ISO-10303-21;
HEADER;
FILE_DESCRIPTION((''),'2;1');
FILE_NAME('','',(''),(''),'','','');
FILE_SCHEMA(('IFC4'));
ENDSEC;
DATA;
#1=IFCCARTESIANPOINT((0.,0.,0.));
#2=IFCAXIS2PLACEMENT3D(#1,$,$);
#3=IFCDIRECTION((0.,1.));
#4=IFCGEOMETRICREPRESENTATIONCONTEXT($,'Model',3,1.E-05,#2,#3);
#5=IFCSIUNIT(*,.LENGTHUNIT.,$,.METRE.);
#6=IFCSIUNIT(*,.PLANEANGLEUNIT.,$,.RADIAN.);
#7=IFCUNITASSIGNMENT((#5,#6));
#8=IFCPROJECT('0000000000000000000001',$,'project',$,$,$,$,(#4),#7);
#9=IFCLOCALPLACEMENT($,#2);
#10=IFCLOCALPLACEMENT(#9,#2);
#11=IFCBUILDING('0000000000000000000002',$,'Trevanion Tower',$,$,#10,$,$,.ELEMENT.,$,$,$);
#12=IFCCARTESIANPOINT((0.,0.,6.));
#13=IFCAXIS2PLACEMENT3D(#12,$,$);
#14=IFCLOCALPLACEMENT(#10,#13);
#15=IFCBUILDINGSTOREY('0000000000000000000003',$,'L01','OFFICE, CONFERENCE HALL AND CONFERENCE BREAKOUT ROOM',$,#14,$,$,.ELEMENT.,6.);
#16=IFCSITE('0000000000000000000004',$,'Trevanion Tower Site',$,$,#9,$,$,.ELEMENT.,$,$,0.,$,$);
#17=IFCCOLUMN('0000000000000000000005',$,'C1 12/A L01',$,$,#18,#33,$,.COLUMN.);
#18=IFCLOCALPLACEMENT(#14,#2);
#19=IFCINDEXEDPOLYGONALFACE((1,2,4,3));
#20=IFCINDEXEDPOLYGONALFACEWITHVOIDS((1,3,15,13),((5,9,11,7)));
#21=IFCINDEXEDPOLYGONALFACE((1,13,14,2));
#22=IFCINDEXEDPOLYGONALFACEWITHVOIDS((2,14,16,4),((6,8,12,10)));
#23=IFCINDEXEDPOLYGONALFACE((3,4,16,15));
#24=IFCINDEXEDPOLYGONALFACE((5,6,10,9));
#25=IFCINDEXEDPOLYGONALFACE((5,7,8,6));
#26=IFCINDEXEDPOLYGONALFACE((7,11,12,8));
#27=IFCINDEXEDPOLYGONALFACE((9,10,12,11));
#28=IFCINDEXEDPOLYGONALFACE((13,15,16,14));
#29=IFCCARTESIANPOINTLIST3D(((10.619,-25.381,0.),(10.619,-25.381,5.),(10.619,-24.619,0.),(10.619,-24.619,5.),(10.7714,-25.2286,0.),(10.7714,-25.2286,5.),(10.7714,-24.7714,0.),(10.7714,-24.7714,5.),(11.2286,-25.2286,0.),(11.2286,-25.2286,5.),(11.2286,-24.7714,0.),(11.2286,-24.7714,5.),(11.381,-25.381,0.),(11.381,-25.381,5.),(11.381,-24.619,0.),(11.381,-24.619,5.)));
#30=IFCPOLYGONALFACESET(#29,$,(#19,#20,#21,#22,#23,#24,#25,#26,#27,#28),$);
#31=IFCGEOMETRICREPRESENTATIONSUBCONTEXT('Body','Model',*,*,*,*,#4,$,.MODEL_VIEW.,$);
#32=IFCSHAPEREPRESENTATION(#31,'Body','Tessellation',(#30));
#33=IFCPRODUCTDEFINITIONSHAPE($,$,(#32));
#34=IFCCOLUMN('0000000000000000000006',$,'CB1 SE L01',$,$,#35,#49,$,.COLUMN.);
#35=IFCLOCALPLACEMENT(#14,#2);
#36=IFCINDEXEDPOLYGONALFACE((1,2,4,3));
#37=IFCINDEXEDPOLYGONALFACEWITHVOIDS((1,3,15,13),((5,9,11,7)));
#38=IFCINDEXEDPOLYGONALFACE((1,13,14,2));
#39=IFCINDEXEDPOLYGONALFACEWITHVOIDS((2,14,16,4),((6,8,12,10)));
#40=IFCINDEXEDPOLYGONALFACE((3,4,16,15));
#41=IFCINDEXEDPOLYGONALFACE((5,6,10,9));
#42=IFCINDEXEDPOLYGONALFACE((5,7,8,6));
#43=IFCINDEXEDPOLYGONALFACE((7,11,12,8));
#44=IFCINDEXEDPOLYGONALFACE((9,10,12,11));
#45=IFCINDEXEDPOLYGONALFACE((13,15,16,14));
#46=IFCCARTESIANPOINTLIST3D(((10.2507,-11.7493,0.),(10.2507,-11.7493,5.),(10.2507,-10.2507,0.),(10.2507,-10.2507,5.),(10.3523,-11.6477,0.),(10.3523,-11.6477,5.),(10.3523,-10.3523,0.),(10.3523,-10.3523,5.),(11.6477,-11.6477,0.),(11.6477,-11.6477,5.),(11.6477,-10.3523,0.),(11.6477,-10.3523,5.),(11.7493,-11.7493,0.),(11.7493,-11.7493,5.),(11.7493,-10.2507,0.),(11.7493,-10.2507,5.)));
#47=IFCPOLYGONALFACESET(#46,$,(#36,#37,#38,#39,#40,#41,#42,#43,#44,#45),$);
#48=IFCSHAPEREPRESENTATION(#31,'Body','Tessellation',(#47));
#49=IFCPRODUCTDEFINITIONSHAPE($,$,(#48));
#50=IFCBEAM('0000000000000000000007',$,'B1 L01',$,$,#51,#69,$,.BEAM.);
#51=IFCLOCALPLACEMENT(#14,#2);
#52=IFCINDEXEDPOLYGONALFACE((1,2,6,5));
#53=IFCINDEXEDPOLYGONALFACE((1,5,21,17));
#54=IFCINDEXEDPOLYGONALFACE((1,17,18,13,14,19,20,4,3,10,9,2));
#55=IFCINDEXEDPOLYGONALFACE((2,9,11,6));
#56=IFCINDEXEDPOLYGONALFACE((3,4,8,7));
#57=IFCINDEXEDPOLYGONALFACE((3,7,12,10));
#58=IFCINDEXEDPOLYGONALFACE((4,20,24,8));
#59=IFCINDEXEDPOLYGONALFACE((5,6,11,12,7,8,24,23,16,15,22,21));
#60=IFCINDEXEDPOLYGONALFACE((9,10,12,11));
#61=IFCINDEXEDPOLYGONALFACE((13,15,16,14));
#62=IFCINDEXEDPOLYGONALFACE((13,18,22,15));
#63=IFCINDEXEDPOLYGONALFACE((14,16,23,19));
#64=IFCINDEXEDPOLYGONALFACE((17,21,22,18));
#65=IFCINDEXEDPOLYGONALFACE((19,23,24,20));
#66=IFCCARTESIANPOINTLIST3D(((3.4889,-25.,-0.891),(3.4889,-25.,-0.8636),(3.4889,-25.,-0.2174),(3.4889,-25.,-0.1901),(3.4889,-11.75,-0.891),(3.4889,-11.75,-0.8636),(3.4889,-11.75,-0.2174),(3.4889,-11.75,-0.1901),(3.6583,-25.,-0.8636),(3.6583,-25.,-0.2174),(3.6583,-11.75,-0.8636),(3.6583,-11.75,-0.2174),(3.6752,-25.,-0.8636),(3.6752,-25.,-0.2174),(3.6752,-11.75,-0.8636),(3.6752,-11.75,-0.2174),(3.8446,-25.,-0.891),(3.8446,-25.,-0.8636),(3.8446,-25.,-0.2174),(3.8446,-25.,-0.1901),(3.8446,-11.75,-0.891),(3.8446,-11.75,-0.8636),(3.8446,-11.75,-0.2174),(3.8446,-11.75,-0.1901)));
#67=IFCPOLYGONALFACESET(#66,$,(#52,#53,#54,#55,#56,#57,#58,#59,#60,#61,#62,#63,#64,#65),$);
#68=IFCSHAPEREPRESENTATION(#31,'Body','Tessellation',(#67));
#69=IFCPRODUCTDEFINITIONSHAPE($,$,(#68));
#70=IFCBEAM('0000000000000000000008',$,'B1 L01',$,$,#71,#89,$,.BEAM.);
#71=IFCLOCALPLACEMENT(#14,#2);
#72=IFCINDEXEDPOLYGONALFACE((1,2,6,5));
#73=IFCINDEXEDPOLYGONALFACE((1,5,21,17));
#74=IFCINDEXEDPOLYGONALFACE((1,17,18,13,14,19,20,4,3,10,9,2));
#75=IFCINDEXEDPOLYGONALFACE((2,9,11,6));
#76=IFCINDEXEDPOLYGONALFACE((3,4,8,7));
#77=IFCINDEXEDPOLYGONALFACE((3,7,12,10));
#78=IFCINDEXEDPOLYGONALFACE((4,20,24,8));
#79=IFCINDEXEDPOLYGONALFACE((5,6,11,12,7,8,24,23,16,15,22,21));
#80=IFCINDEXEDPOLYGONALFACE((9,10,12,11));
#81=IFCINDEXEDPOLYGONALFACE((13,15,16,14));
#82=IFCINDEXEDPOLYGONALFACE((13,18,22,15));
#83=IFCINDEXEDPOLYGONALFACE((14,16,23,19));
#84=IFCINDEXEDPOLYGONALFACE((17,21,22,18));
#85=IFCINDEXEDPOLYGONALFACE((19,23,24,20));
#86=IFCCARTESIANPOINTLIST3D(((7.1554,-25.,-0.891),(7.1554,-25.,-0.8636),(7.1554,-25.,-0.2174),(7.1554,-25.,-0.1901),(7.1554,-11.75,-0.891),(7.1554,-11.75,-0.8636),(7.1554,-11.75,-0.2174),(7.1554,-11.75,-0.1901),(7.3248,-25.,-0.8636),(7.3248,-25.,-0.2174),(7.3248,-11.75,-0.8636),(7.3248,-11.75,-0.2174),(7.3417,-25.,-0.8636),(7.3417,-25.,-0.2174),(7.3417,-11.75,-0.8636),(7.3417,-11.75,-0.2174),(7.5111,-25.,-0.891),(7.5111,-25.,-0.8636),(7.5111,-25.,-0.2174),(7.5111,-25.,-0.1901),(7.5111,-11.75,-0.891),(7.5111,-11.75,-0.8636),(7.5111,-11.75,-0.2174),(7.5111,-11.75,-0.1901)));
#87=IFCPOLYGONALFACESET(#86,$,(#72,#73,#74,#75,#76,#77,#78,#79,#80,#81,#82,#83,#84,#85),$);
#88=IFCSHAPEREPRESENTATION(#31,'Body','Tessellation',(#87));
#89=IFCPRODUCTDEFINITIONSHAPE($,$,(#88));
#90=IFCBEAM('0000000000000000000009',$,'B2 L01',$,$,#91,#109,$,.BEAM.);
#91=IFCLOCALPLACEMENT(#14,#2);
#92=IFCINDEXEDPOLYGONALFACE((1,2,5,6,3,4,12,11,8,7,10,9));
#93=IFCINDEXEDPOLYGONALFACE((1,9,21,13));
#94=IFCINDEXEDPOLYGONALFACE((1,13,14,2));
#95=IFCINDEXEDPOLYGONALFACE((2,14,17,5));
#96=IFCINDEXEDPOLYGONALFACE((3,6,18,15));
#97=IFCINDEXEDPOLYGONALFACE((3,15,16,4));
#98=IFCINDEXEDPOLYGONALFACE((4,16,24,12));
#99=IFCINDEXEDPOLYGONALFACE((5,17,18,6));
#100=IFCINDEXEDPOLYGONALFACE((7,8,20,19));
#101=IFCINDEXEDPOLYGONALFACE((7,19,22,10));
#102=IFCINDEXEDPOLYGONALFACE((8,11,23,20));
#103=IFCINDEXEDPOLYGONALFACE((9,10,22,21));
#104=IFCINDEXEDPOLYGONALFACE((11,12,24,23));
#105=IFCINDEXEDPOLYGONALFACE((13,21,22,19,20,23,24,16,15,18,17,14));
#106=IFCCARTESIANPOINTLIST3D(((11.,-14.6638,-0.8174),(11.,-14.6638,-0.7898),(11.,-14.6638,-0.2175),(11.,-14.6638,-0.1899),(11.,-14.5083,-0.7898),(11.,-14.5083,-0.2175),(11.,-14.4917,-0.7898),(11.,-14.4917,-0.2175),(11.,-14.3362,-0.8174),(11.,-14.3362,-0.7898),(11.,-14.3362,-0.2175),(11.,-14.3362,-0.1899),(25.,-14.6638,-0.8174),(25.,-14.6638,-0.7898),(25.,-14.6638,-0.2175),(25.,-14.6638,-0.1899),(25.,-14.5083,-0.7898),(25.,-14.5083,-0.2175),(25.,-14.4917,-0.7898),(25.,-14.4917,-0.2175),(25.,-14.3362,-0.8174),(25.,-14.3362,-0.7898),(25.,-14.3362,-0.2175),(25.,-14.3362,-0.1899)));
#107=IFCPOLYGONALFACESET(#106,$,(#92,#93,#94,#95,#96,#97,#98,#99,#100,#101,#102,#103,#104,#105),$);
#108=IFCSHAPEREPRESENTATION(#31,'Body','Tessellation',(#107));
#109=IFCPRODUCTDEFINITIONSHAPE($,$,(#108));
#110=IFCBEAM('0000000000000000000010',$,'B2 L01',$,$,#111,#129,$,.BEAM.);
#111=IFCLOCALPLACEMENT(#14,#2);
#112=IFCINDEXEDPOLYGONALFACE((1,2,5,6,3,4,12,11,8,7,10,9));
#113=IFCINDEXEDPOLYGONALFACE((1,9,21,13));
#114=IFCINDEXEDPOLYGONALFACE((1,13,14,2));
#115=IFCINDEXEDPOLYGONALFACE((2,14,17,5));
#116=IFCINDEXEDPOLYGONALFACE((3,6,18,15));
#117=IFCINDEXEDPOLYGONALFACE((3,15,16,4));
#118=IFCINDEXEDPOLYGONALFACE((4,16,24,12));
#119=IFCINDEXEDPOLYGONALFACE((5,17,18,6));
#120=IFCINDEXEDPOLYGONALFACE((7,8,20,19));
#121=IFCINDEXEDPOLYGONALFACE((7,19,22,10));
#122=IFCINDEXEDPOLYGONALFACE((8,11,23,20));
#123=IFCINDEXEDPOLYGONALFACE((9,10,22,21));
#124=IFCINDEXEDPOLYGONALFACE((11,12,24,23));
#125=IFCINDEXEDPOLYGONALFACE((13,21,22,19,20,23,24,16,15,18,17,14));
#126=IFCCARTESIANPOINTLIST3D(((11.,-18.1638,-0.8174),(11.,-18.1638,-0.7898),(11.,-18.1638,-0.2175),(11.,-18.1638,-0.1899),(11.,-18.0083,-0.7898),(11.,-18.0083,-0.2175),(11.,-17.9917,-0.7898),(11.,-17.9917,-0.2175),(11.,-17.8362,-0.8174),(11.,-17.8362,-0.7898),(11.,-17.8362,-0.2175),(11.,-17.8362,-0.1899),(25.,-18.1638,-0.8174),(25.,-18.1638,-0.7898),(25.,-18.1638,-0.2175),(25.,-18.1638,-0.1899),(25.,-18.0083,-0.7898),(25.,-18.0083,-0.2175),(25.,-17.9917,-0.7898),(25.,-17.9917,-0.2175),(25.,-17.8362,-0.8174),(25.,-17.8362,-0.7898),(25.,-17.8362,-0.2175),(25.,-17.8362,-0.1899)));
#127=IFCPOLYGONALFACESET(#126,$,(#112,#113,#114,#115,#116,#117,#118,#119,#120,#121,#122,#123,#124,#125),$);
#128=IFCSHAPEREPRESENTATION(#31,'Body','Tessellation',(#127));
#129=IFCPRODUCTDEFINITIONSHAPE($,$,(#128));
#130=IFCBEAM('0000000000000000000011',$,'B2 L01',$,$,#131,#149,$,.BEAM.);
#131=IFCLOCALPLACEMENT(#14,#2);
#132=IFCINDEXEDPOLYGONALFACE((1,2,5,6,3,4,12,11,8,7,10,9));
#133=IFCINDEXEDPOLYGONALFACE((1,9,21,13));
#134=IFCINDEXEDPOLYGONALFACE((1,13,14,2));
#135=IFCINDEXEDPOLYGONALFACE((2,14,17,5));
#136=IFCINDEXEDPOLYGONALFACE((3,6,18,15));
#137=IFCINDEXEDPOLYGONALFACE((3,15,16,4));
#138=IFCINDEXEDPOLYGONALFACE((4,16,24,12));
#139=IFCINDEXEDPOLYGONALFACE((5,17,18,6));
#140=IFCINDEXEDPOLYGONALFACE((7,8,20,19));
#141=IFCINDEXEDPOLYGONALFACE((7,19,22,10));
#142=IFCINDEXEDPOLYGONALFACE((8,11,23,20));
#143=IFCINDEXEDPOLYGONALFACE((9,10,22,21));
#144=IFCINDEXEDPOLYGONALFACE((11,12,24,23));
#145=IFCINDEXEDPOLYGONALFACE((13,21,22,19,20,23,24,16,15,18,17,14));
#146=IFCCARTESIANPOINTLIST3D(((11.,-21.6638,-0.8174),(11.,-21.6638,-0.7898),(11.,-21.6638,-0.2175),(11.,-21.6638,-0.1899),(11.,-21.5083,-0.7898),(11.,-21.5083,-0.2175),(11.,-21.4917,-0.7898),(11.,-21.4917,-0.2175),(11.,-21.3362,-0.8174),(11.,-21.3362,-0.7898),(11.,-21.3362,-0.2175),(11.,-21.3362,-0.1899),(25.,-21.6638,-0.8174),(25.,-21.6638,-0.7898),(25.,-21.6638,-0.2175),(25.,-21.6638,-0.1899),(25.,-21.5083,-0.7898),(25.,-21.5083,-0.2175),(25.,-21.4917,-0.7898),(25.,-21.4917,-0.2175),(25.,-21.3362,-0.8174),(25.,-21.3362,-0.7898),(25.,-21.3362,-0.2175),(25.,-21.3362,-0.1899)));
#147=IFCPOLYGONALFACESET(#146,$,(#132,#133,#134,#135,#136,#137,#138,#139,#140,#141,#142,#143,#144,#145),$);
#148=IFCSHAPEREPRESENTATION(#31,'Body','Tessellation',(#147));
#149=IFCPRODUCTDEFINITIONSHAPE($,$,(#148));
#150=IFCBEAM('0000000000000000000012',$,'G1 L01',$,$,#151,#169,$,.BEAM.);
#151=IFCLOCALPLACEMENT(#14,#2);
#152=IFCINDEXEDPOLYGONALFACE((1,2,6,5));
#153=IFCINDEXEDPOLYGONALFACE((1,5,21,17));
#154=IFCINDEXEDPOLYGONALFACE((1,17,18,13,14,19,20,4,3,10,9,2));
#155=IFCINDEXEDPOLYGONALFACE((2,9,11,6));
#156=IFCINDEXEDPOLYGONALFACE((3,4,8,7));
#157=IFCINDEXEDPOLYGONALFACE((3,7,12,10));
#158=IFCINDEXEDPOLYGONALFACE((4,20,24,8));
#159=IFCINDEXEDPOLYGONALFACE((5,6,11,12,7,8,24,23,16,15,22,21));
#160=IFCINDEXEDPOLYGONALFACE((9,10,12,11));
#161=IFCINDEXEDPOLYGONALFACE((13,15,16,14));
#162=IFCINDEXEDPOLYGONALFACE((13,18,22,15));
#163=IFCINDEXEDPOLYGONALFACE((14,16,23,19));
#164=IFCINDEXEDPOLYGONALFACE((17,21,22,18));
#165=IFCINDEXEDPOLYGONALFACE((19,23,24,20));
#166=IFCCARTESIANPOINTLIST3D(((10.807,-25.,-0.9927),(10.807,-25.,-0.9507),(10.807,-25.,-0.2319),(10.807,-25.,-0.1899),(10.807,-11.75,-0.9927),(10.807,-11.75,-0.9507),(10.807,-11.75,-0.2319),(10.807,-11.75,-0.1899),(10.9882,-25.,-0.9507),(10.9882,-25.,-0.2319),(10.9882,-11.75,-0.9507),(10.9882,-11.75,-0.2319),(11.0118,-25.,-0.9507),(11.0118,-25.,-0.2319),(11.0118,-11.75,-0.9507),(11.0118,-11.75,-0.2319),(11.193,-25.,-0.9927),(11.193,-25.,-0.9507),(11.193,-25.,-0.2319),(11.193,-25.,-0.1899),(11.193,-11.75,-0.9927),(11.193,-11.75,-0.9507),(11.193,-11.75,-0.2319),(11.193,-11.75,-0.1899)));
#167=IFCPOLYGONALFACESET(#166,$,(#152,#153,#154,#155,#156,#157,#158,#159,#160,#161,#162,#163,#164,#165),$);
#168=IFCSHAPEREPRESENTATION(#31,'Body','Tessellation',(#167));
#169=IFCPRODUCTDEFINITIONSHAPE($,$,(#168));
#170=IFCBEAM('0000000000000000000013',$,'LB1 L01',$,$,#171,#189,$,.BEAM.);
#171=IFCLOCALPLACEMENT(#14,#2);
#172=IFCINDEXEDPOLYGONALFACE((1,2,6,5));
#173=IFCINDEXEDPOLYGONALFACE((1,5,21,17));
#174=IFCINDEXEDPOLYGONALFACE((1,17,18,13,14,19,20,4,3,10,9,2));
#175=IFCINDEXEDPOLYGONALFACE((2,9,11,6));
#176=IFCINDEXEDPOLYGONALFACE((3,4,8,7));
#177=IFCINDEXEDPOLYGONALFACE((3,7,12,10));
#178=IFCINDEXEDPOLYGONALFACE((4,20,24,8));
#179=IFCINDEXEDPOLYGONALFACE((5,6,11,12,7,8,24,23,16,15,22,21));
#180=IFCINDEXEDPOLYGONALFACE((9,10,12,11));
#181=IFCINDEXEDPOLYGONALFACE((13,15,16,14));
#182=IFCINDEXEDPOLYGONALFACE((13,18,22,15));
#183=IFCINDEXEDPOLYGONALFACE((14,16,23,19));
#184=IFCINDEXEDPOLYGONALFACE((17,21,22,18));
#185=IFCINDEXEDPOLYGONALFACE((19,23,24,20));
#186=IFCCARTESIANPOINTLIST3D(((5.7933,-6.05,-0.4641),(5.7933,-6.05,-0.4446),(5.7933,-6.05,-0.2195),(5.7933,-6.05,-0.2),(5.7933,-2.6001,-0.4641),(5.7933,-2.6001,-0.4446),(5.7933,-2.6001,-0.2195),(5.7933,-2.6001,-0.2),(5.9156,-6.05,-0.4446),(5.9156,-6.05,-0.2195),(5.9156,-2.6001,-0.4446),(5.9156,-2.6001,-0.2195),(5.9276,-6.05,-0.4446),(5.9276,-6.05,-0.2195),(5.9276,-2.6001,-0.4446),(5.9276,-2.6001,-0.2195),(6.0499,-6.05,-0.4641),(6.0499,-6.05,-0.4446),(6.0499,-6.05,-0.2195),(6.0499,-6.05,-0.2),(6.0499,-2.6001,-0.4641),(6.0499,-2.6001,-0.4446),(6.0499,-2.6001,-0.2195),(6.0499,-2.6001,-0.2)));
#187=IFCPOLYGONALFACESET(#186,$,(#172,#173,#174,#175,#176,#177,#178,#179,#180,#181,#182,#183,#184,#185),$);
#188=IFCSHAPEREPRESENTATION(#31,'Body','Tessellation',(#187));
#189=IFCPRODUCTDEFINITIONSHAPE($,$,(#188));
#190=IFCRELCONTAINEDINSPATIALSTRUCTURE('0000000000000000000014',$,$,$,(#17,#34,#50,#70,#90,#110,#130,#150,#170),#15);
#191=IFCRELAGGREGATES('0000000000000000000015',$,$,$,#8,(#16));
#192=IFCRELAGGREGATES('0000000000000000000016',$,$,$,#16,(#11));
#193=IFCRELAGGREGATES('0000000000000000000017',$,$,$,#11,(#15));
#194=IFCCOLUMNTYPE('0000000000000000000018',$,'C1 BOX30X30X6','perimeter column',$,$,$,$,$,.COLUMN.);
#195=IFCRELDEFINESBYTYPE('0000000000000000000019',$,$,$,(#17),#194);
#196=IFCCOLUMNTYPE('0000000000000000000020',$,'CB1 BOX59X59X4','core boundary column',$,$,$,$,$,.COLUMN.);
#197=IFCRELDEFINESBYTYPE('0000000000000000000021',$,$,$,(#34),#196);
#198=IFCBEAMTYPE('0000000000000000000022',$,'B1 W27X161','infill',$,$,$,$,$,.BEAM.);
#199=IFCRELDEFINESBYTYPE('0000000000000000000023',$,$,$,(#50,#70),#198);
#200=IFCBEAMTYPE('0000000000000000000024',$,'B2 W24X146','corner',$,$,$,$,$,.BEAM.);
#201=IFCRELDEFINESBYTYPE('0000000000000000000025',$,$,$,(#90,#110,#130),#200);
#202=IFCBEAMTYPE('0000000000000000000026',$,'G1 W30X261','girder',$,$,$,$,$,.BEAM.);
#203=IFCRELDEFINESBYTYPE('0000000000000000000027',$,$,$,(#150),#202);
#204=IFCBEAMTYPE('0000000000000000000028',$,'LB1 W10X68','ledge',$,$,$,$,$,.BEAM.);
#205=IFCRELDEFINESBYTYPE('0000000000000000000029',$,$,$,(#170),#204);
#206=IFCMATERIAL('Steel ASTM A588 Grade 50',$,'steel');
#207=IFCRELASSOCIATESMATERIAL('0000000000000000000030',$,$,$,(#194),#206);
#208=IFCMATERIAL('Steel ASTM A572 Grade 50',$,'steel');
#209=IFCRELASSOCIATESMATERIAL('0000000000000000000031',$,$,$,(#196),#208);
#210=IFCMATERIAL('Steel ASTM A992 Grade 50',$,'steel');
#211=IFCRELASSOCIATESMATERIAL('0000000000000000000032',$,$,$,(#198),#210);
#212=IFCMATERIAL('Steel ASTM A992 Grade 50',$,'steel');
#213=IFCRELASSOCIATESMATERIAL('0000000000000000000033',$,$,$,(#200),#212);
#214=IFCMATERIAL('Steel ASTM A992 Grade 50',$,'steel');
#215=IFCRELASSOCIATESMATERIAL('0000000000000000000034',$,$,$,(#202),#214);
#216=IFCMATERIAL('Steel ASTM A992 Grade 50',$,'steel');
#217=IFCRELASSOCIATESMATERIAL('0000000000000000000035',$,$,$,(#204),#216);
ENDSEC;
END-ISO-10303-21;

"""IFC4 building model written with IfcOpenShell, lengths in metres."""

from ifc_helpers import new_model, si_unit, direction, frame, origin, origin_2d, place, context, subcontext, project, spatial, hollow_rectangle, i_section, extrude, material, material_profile, profile_set, type_object, element, save


model = new_model("IFC4")

# Units and contexts
model_context = context("Model", 3, precision=1e-05, world=origin(), true_north=direction((0.0, 1.0)))
body_context = subcontext(model_context, "Body", "Model", "MODEL_VIEW")
ifc_project = project(units=[si_unit("LENGTHUNIT", "METRE"), si_unit("PLANEANGLEUNIT", "RADIAN")], contexts=[model_context])

# Site, building, storey
site_placement = place(None, origin())
site = spatial("IfcSite", under=ifc_project, at=site_placement, Name="Trevanion Tower Site", CompositionType="ELEMENT", RefElevation=0.0)
building_placement = place(site_placement, origin())
building = spatial("IfcBuilding", under=site, at=building_placement, Name="Trevanion Tower", CompositionType="ELEMENT")
storey_placement = place(building_placement, frame((0.0, 0.0, 6.0)))
storey = spatial("IfcBuildingStorey", under=building, at=storey_placement, Name="L01", Description="OFFICE, CONFERENCE HALL AND CONFERENCE BREAKOUT ROOM", CompositionType="ELEMENT", Elevation=6.0)

# Columns
ifc_material_1 = material(Name="Steel ASTM A588 Grade 50", Category="steel")
ifc_material_profile_1 = material_profile(ifc_material_1, hollow_rectangle(XDim=0.762, YDim=0.762, WallThickness=0.1523, at=origin_2d()), Name="BOX30X30X6")
ifc_profile_set_1 = profile_set([ifc_material_profile_1], Name="Steel ASTM A588 Grade 50")
column_type_1 = type_object("IfcColumnType", Name="C1 BOX30X30X6", Description="perimeter column", PredefinedType="COLUMN", material=ifc_profile_set_1)
column_1_placement = place(storey_placement, frame((11.0, -25.0, 0.0), z_axis=(0.0, 0.0, 1.0), x_axis=(1.0, 0.0, 0.0)))
element("IfcColumn", 1, at=column_1_placement, inside=storey, type_object=column_type_1, Name="C1 12/A L01", PredefinedType="COLUMN", context=body_context, shape_type="SweptSolid", body=[
    extrude(hollow_rectangle(XDim=0.762, YDim=0.762, WallThickness=0.1523, at=origin_2d()), origin(), (0.0, 0.0, 1.0), 5.0),
])
ifc_material_2 = material(Name="Steel ASTM A572 Grade 50", Category="steel")
ifc_material_profile_2 = material_profile(ifc_material_2, hollow_rectangle(XDim=1.4985, YDim=1.4985, WallThickness=0.1016, at=origin_2d()), Name="BOX59X59X4")
ifc_profile_set_2 = profile_set([ifc_material_profile_2], Name="Steel ASTM A572 Grade 50")
column_type_2 = type_object("IfcColumnType", Name="CB1 BOX59X59X4", Description="core boundary column", PredefinedType="COLUMN", material=ifc_profile_set_2)
column_2_placement = place(storey_placement, frame((11.0, -11.0, 0.0), z_axis=(0.0, 0.0, 1.0), x_axis=(1.0, 0.0, 0.0)))
element("IfcColumn", 2, at=column_2_placement, inside=storey, type_object=column_type_2, Name="CB1 SE L01", PredefinedType="COLUMN", context=body_context, shape_type="SweptSolid", body=[
    extrude(hollow_rectangle(XDim=1.4985, YDim=1.4985, WallThickness=0.1016, at=origin_2d()), origin(), (0.0, 0.0, 1.0), 5.0),
])

# Beams
ifc_material_3 = material(Name="Steel ASTM A992 Grade 50", Category="steel")
ifc_material_profile_3 = material_profile(ifc_material_3, i_section(OverallWidth=0.3557, OverallDepth=0.7009, WebThickness=0.0168, FlangeThickness=0.0273, at=origin_2d()), Name="W27X161")
ifc_profile_set_3 = profile_set([ifc_material_profile_3], Name="Steel ASTM A992 Grade 50")
beam_type_1 = type_object("IfcBeamType", Name="B1 W27X161", Description="infill", PredefinedType="BEAM", material=ifc_profile_set_3)
for number, where, z_axis, x_axis, name in (
    (3, (3.6667, -11.75, -0.5405), (0.0, -1.0, 0.0), (1.0, 0.0, 0.0), "B1 L01"),
    (4, (7.3333, -11.75, -0.5405), (0.0, -1.0, 0.0), (1.0, 0.0, 0.0), "B1 L01"),
):
    element("IfcBeam", number, at=place(storey_placement, frame(where, z_axis=z_axis, x_axis=x_axis)), inside=storey, type_object=beam_type_1, Name=name, PredefinedType="BEAM", context=body_context, shape_type="SweptSolid", body=[
        extrude(i_section(OverallWidth=0.3557, OverallDepth=0.7009, WebThickness=0.0168, FlangeThickness=0.0273, at=origin_2d()), origin(), (0.0, 0.0, 1.0), 13.25),
    ])
ifc_material_4 = material(Name="Steel ASTM A992 Grade 50", Category="steel")
ifc_material_profile_4 = material_profile(ifc_material_4, i_section(OverallWidth=0.3276, OverallDepth=0.6274, WebThickness=0.0166, FlangeThickness=0.0276, at=origin_2d()), Name="W24X146")
ifc_profile_set_4 = profile_set([ifc_material_profile_4], Name="Steel ASTM A992 Grade 50")
beam_type_2 = type_object("IfcBeamType", Name="B2 W24X146", Description="corner", PredefinedType="BEAM", material=ifc_profile_set_4)
for number, where, z_axis, x_axis, name in (
    (5, (11.0, -14.5, -0.5037), (1.0, 0.0, 0.0), (0.0, 1.0, 0.0), "B2 L01"),
    (6, (11.0, -18.0, -0.5037), (1.0, 0.0, 0.0), (0.0, 1.0, 0.0), "B2 L01"),
    (7, (11.0, -21.5, -0.5037), (1.0, 0.0, 0.0), (0.0, 1.0, 0.0), "B2 L01"),
):
    element("IfcBeam", number, at=place(storey_placement, frame(where, z_axis=z_axis, x_axis=x_axis)), inside=storey, type_object=beam_type_2, Name=name, PredefinedType="BEAM", context=body_context, shape_type="SweptSolid", body=[
        extrude(i_section(OverallWidth=0.3276, OverallDepth=0.6274, WebThickness=0.0166, FlangeThickness=0.0276, at=origin_2d()), origin(), (0.0, 0.0, 1.0), 14.0),
    ])
ifc_material_5 = material(Name="Steel ASTM A992 Grade 50", Category="steel")
ifc_material_profile_5 = material_profile(ifc_material_5, i_section(OverallWidth=0.386, OverallDepth=0.8027, WebThickness=0.0237, FlangeThickness=0.042, at=origin_2d()), Name="W30X261")
ifc_profile_set_5 = profile_set([ifc_material_profile_5], Name="Steel ASTM A992 Grade 50")
beam_type_3 = type_object("IfcBeamType", Name="G1 W30X261", Description="girder", PredefinedType="BEAM", material=ifc_profile_set_5)
beam_1_placement = place(storey_placement, frame((11.0, -11.75, -0.5913), z_axis=(0.0, -1.0, 0.0), x_axis=(1.0, 0.0, 0.0)))
element("IfcBeam", 8, at=beam_1_placement, inside=storey, type_object=beam_type_3, Name="G1 L01", PredefinedType="BEAM", context=body_context, shape_type="SweptSolid", body=[
    extrude(i_section(OverallWidth=0.386, OverallDepth=0.8027, WebThickness=0.0237, FlangeThickness=0.042, at=origin_2d()), origin(), (0.0, 0.0, 1.0), 13.25),
])
ifc_material_6 = material(Name="Steel ASTM A992 Grade 50", Category="steel")
ifc_material_profile_6 = material_profile(ifc_material_6, i_section(OverallWidth=0.2566, OverallDepth=0.2642, WebThickness=0.012, FlangeThickness=0.0195, at=origin_2d()), Name="W10X68")
ifc_profile_set_6 = profile_set([ifc_material_profile_6], Name="Steel ASTM A992 Grade 50")
beam_type_4 = type_object("IfcBeamType", Name="LB1 W10X68", Description="ledge", PredefinedType="BEAM", material=ifc_profile_set_6)
beam_2_placement = place(storey_placement, frame((5.9216, -6.05, -0.332), z_axis=(0.0, 1.0, 0.0), x_axis=(-1.0, 0.0, 0.0)))
element("IfcBeam", 9, at=beam_2_placement, inside=storey, type_object=beam_type_4, Name="LB1 L01", PredefinedType="BEAM", context=body_context, shape_type="SweptSolid", body=[
    extrude(i_section(OverallWidth=0.2566, OverallDepth=0.2642, WebThickness=0.012, FlangeThickness=0.0195, at=origin_2d()), origin(), (0.0, 0.0, 1.0), 3.45),
])

save(model, "model.ifc")
